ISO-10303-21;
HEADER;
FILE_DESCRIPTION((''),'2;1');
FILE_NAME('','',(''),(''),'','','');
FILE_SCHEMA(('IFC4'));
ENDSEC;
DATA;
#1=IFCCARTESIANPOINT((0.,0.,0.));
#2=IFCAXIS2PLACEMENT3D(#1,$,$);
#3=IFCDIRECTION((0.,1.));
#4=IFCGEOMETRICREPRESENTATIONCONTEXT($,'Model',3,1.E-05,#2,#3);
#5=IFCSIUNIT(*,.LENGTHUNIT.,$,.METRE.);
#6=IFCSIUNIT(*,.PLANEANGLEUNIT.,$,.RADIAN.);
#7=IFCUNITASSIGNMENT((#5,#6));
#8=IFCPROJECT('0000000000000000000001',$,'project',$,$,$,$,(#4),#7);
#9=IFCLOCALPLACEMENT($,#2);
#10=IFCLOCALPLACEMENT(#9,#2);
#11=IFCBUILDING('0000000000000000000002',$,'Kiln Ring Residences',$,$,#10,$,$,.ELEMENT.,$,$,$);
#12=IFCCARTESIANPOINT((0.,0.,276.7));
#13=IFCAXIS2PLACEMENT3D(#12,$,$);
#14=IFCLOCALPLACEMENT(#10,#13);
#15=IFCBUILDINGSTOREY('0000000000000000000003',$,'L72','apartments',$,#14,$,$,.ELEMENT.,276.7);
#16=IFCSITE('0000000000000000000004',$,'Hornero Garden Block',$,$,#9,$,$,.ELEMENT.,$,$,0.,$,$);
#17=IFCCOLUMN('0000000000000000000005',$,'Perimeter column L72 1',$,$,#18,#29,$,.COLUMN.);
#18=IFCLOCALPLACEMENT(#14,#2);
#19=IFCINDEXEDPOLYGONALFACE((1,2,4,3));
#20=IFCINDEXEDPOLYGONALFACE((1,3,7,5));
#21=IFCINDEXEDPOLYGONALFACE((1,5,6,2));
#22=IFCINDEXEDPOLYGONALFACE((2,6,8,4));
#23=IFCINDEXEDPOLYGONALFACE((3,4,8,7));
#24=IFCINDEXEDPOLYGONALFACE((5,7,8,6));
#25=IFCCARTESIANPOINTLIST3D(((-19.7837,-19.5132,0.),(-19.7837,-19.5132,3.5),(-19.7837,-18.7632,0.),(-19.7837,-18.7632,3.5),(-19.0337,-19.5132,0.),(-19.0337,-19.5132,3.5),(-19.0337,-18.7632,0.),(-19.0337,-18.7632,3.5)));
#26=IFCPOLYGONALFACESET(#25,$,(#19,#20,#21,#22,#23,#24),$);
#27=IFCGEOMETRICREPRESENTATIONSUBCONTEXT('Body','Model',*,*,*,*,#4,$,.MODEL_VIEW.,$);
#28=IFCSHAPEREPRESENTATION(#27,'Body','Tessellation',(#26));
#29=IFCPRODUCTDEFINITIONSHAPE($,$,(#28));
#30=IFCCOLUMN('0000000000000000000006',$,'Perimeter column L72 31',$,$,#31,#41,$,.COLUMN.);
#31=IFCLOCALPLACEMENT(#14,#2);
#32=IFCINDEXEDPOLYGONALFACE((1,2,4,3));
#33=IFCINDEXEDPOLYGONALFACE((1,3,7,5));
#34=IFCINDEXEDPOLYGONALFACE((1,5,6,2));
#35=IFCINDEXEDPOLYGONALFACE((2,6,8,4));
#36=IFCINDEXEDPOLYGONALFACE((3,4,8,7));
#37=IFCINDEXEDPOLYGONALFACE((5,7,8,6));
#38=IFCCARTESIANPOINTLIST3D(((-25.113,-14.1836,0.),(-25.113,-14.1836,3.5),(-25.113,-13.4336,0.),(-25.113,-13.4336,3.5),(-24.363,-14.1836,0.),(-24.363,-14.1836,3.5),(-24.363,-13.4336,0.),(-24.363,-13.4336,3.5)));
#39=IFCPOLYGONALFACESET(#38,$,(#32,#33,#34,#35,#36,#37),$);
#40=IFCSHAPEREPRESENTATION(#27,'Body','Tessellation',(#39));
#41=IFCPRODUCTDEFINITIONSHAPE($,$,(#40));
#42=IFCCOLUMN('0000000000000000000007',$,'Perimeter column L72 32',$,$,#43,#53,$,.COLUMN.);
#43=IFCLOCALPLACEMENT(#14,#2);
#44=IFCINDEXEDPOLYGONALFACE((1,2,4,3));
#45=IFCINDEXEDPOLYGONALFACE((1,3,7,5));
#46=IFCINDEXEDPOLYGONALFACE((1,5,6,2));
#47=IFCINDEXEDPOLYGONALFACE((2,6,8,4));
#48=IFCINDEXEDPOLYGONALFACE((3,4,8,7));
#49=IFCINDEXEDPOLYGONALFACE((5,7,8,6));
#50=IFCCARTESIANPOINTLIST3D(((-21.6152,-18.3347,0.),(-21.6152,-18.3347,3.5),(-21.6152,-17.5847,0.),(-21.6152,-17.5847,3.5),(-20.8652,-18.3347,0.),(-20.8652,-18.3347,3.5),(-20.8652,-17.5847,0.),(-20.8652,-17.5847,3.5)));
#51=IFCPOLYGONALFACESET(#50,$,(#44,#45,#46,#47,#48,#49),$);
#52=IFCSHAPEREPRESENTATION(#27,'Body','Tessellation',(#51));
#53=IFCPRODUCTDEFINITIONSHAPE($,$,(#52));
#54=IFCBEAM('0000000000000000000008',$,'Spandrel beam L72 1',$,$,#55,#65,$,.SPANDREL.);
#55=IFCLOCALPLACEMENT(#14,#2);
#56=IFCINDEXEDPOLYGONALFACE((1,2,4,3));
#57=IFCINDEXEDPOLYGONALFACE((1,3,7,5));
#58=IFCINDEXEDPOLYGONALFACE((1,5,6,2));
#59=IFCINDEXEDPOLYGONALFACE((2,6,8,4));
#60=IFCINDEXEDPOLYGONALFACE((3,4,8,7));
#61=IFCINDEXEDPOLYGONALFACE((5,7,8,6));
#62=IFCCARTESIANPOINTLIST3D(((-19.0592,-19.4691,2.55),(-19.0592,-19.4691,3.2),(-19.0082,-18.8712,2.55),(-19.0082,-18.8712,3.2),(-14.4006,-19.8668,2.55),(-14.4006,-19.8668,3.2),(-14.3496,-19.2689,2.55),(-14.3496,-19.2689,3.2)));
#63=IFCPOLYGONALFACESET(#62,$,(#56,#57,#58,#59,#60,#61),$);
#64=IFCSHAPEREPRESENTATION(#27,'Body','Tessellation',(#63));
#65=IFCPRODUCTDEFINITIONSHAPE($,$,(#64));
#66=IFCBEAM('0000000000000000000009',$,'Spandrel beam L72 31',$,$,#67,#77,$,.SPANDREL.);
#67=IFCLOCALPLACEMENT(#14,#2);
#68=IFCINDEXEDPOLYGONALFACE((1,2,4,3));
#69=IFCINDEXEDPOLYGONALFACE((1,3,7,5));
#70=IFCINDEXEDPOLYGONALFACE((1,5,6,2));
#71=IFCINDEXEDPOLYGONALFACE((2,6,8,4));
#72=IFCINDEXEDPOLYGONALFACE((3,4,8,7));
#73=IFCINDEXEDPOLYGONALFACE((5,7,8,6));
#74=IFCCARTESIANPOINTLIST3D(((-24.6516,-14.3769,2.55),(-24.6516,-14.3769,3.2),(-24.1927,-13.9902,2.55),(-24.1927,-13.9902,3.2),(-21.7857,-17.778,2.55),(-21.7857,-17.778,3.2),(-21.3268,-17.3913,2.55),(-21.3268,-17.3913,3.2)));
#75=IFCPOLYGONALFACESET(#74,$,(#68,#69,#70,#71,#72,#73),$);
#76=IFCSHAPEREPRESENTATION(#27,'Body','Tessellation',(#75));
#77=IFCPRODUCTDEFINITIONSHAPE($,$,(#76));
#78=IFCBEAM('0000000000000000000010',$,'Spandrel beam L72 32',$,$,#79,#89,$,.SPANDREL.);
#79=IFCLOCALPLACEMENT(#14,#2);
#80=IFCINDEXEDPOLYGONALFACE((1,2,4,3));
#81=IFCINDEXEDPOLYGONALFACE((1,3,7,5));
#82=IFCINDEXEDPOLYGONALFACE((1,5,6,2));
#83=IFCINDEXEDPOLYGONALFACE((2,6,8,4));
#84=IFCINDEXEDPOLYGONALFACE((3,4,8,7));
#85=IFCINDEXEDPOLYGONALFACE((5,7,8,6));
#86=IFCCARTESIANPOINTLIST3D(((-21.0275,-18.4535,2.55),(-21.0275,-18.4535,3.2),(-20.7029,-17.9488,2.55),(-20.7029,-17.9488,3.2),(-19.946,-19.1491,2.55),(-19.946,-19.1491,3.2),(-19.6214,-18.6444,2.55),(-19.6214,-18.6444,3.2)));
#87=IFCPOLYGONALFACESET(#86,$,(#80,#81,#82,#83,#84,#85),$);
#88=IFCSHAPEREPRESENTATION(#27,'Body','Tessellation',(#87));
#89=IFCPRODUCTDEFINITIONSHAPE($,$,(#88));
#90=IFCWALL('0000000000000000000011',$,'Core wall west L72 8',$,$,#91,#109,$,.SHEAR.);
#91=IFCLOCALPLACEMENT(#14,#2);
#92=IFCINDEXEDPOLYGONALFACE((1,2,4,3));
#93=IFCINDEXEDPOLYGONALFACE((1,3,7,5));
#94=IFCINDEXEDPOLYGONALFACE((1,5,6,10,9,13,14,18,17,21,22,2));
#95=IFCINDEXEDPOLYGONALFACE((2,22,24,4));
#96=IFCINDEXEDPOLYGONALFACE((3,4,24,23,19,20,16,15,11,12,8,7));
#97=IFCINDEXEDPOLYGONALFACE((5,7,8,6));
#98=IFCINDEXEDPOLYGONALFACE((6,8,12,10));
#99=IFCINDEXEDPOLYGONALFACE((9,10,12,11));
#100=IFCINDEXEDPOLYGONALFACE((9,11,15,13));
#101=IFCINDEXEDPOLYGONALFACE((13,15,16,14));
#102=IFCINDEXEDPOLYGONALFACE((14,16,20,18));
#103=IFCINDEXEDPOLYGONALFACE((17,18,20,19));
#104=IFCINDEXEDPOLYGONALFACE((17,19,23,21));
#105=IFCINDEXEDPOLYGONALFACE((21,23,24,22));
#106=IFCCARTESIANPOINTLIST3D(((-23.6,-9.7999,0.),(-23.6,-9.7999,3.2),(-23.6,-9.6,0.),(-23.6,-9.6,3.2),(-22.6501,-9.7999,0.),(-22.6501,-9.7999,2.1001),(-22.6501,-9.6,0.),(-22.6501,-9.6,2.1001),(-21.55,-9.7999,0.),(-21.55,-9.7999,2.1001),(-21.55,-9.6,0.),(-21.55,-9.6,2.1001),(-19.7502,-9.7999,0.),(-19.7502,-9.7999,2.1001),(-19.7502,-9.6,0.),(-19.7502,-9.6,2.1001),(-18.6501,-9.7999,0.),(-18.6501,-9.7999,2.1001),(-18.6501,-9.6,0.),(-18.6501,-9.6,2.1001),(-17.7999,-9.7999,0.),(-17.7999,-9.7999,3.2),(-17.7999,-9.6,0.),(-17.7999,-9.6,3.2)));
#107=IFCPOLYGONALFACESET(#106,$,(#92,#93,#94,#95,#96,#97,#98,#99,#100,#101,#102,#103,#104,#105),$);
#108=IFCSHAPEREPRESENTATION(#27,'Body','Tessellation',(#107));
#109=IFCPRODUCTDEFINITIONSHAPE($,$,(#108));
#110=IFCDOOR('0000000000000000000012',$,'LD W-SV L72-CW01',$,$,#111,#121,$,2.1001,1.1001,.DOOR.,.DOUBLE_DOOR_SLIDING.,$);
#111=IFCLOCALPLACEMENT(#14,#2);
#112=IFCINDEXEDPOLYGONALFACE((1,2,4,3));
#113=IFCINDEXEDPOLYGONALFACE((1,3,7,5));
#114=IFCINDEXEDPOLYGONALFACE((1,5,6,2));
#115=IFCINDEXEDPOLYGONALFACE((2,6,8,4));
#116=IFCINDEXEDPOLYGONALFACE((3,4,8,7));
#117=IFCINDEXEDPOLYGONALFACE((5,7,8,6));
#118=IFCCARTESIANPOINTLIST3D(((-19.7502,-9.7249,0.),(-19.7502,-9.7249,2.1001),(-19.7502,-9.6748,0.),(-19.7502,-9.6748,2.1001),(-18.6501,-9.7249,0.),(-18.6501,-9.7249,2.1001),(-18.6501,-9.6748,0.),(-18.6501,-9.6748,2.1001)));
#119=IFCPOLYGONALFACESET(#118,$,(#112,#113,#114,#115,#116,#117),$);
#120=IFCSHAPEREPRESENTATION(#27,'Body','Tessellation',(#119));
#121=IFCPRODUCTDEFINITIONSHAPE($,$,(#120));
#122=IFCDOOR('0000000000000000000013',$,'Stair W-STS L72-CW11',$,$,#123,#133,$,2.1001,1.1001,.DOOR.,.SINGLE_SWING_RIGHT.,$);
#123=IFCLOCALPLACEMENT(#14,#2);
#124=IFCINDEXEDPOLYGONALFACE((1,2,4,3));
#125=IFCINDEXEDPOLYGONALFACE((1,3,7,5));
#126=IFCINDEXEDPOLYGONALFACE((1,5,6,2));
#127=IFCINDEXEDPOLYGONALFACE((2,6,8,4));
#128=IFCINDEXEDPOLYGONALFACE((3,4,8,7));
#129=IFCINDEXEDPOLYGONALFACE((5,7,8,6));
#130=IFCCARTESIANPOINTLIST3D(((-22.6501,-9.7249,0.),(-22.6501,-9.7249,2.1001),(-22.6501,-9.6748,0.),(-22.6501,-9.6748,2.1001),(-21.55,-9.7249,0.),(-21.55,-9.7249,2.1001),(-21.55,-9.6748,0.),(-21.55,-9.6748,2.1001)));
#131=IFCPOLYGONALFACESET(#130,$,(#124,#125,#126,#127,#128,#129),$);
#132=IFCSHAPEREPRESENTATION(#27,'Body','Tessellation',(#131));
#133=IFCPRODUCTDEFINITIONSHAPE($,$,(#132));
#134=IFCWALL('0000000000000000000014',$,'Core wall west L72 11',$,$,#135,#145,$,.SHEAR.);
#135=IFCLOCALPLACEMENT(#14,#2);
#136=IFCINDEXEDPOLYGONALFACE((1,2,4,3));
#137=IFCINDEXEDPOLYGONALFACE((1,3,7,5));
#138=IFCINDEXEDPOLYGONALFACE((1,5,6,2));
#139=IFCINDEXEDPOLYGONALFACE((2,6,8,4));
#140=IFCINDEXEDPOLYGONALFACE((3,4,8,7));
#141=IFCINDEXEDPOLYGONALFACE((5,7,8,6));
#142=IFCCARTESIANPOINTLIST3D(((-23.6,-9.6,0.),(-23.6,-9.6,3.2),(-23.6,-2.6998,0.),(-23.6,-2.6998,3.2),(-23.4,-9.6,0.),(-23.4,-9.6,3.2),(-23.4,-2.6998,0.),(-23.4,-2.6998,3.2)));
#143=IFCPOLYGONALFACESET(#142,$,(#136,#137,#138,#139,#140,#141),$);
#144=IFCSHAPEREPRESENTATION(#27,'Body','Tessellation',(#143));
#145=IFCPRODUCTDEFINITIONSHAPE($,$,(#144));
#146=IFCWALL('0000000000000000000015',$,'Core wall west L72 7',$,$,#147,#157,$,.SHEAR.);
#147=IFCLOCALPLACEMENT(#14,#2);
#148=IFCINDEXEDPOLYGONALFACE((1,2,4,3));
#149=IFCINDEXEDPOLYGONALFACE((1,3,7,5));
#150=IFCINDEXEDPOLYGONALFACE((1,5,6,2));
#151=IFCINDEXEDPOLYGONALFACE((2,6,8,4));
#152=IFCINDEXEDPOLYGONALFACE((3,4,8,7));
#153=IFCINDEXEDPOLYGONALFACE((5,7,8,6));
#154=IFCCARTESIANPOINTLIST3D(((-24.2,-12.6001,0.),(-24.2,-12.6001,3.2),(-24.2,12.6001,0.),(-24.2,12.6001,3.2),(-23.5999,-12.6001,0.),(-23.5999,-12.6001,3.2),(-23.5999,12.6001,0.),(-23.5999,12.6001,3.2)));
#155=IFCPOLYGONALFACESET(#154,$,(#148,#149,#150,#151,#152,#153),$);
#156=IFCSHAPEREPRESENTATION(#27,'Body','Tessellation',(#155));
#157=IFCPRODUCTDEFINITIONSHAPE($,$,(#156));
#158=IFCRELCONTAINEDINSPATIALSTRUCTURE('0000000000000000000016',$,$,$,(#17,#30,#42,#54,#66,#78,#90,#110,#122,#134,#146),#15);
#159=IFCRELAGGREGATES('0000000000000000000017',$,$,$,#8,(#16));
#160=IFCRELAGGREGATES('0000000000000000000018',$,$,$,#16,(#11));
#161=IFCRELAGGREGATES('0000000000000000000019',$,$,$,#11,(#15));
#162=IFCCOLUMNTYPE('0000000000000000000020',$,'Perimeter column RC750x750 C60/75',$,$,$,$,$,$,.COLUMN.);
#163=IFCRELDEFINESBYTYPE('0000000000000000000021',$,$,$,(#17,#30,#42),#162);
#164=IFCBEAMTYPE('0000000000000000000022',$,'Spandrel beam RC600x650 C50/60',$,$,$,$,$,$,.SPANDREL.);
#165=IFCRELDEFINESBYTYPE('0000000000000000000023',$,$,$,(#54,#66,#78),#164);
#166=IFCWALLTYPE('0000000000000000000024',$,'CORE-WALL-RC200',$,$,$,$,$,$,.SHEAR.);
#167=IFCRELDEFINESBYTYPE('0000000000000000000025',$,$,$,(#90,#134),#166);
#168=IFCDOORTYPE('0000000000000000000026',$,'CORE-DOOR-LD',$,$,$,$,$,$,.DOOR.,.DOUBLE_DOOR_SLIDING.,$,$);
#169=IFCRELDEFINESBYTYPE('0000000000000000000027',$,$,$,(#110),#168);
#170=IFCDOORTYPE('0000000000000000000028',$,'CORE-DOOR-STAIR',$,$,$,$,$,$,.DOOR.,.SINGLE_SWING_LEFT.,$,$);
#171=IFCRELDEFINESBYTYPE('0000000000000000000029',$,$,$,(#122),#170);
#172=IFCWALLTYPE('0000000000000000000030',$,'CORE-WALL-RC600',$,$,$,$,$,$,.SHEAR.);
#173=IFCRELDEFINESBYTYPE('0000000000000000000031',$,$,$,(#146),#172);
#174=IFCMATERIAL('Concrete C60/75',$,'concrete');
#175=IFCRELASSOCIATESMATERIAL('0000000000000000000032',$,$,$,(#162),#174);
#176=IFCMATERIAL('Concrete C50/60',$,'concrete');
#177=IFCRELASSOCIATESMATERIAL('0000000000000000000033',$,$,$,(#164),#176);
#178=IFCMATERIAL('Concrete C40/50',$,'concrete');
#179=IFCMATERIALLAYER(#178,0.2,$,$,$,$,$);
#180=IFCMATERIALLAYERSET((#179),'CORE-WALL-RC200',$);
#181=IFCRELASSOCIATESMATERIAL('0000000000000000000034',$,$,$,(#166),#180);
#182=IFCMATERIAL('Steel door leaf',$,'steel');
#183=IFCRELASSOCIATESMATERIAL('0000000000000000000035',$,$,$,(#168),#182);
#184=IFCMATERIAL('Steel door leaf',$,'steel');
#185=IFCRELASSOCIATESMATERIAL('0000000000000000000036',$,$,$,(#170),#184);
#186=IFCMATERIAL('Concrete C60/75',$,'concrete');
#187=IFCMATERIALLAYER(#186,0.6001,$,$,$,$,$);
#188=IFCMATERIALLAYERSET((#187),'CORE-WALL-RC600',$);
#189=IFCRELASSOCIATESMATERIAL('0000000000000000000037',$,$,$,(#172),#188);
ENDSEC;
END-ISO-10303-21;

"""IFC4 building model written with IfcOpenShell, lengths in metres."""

from ifc_helpers import new_model, si_unit, direction, frame, frame_2d, origin, origin_2d, place, context, subcontext, project, spatial, rectangle, extrude, material, layer, layer_set, material_profile, profile_set, type_object, element, fill, save


model = new_model("IFC4")

# Units and contexts
model_context = context("Model", 3, precision=1e-05, world=origin(), true_north=direction((0.0, 1.0)))
body_context = subcontext(model_context, "Body", "Model", "MODEL_VIEW")
ifc_project = project(units=[si_unit("LENGTHUNIT", "METRE"), si_unit("PLANEANGLEUNIT", "RADIAN")], contexts=[model_context])

# Site, building, storey
site_placement = place(None, origin())
site = spatial("IfcSite", under=ifc_project, at=site_placement, Name="Hornero Garden Block", CompositionType="ELEMENT", RefElevation=0.0)
building_placement = place(site_placement, origin())
building = spatial("IfcBuilding", under=site, at=building_placement, Name="Kiln Ring Residences", CompositionType="ELEMENT")
storey_placement = place(building_placement, frame((0.0, 0.0, 276.7)))
storey = spatial("IfcBuildingStorey", under=building, at=storey_placement, Name="L72", Description="apartments", CompositionType="ELEMENT", Elevation=276.7)

# Columns
ifc_material_1 = material(Name="Concrete C60/75", Category="concrete")
ifc_material_profile_1 = material_profile(ifc_material_1, rectangle(XDim=0.75, YDim=0.75, at=origin_2d()), Name="RC750x750")
ifc_profile_set_1 = profile_set([ifc_material_profile_1], Name="Concrete C60/75")
column_type = type_object("IfcColumnType", Name="Perimeter column RC750x750 C60/75", PredefinedType="COLUMN", material=ifc_profile_set_1)
for number, where, z_axis, x_axis, name in (
    (1, (-19.4087, -19.1382, 0.0), (0.0, 0.0, 1.0), (1.0, 0.0, 0.0), "Perimeter column L72 1"),
    (2, (-24.738, -13.8086, 0.0), (0.0, 0.0, 1.0), (1.0, 0.0, 0.0), "Perimeter column L72 31"),
    (3, (-21.2402, -17.9597, 0.0), (0.0, 0.0, 1.0), (1.0, 0.0, 0.0), "Perimeter column L72 32"),
):
    element("IfcColumn", number, at=place(storey_placement, frame(where, z_axis=z_axis, x_axis=x_axis)), inside=storey, type_object=column_type, Name=name, PredefinedType="COLUMN", context=body_context, shape_type="SweptSolid", body=[
        extrude(rectangle(XDim=0.75, YDim=0.75, at=origin_2d()), origin(), (0.0, 0.0, 1.0), 3.5),
    ])

# Beams
ifc_material_2 = material(Name="Concrete C50/60", Category="concrete")
ifc_material_profile_2 = material_profile(ifc_material_2, rectangle(XDim=0.6001, YDim=0.6499, at=origin_2d()), Name="RC600x650")
ifc_profile_set_2 = profile_set([ifc_material_profile_2], Name="Concrete C50/60")
beam_type = type_object("IfcBeamType", Name="Spandrel beam RC600x650 C50/60", PredefinedType="SPANDREL", material=ifc_profile_set_2)
beam_1_placement = place(storey_placement, frame((-19.0337, -19.1702, 2.875), z_axis=(0.996376, -0.085059, 0.0), x_axis=(0.085059, 0.996376, 0.0)))
element("IfcBeam", 4, at=beam_1_placement, inside=storey, type_object=beam_type, Name="Spandrel beam L72 1", PredefinedType="SPANDREL", context=body_context, shape_type="SweptSolid", body=[
    extrude(rectangle(XDim=0.6001, YDim=0.6499, at=origin_2d()), origin(), (0.0, 0.0, 1.0), 4.6755),
])
beam_2_placement = place(storey_placement, frame((-24.4221, -14.1836, 2.875), z_axis=(0.644381, -0.764705, 0.0), x_axis=(0.764705, 0.644381, 0.0)))
element("IfcBeam", 5, at=beam_2_placement, inside=storey, type_object=beam_type, Name="Spandrel beam L72 31", PredefinedType="SPANDREL", context=body_context, shape_type="SweptSolid", body=[
    extrude(rectangle(XDim=0.6001, YDim=0.6499, at=origin_2d()), origin(), (0.0, 0.0, 1.0), 4.4475),
])
beam_3_placement = place(storey_placement, frame((-20.8652, -18.2012, 2.875), z_axis=(0.84108, -0.540911, 0.0), x_axis=(0.540911, 0.84108, 0.0)))
element("IfcBeam", 6, at=beam_3_placement, inside=storey, type_object=beam_type, Name="Spandrel beam L72 32", PredefinedType="SPANDREL", context=body_context, shape_type="SweptSolid", body=[
    extrude(rectangle(XDim=0.6001, YDim=0.6499, at=origin_2d()), origin(), (0.0, 0.0, 1.0), 1.2859),
])

# Wall, openings, doors
ifc_material_3 = material(Name="Concrete C40/50", Category="concrete")
ifc_layer_1 = layer(ifc_material_3, 0.2)
ifc_layer_set_1 = layer_set([ifc_layer_1], Name="CORE-WALL-RC200")
wall_type_1 = type_object("IfcWallType", Name="CORE-WALL-RC200", PredefinedType="SHEAR", material=ifc_layer_set_1)
wall_1_placement = place(storey_placement, frame((-17.8, -9.7, 0.0), z_axis=(0.0, 0.0, 1.0), x_axis=(-1.0, 0.0, 0.0)))
wall_1 = element("IfcWall", 7, at=wall_1_placement, inside=storey, type_object=wall_type_1, Name="Core wall west L72 8", PredefinedType="SHEAR", context=body_context, shape_type="SweptSolid", body=[
    extrude(rectangle(XDim=5.8, YDim=0.2, at=frame_2d((2.8999, 0.0))), origin(), (0.0, 0.0, 1.0), 3.2),
])
opening_1_placement = place(wall_1_placement, frame((0.8501, 0.0, 0.0)))
opening_1 = element("IfcOpeningElement", 8, at=opening_1_placement, cuts=wall_1, PredefinedType="OPENING", context=body_context, shape_type="SweptSolid", body=[
    extrude(rectangle(XDim=1.1001, YDim=2.1001, at=frame_2d((0.55, 1.05))), frame((0.0, 0.1099, 0.0), z_axis=(0.0, -1.0, 0.0), x_axis=(1.0, 0.0, 0.0)), (0.0, 0.0, 1.0), 0.22),
])
opening_2_placement = place(wall_1_placement, frame((3.75, 0.0, 0.0)))
opening_2 = element("IfcOpeningElement", 9, at=opening_2_placement, cuts=wall_1, PredefinedType="OPENING", context=body_context, shape_type="SweptSolid", body=[
    extrude(rectangle(XDim=1.1001, YDim=2.1001, at=frame_2d((0.55, 1.05))), frame((0.0, 0.1099, 0.0), z_axis=(0.0, -1.0, 0.0), x_axis=(1.0, 0.0, 0.0)), (0.0, 0.0, 1.0), 0.22),
])
ifc_material_4 = material(Name="Steel door leaf", Category="steel")
door_type_1 = type_object("IfcDoorType", Name="CORE-DOOR-LD", OperationType="DOUBLE_DOOR_SLIDING", PredefinedType="DOOR", material=ifc_material_4)
door_1_placement = place(opening_1_placement, origin())
door_1 = element("IfcDoor", 10, at=door_1_placement, inside=storey, type_object=door_type_1, Name="LD W-SV L72-CW01", OperationType="DOUBLE_DOOR_SLIDING", OverallHeight=2.1001, OverallWidth=1.1001, PredefinedType="DOOR", context=body_context, shape_type="SweptSolid", body=[
    extrude(rectangle(XDim=1.1001, YDim=2.1001, at=frame_2d((0.55, 1.05))), frame((0.0, 0.0249, 0.0), z_axis=(0.0, -1.0, 0.0), x_axis=(1.0, 0.0, 0.0)), (0.0, 0.0, 1.0), 0.05),
])
fill(opening_1, door_1)
ifc_material_5 = material(Name="Steel door leaf", Category="steel")
door_type_2 = type_object("IfcDoorType", Name="CORE-DOOR-STAIR", OperationType="SINGLE_SWING_LEFT", PredefinedType="DOOR", material=ifc_material_5)
door_2_placement = place(opening_2_placement, origin())
door_2 = element("IfcDoor", 11, at=door_2_placement, inside=storey, type_object=door_type_2, Name="Stair W-STS L72-CW11", OperationType="SINGLE_SWING_RIGHT", OverallHeight=2.1001, OverallWidth=1.1001, PredefinedType="DOOR", context=body_context, shape_type="SweptSolid", body=[
    extrude(rectangle(XDim=1.1001, YDim=2.1001, at=frame_2d((0.55, 1.05))), frame((0.0, 0.0249, 0.0), z_axis=(0.0, -1.0, 0.0), x_axis=(1.0, 0.0, 0.0)), (0.0, 0.0, 1.0), 0.05),
])
fill(opening_2, door_2)

# Walls
wall_2_placement = place(storey_placement, frame((-23.5, -9.6001, 0.0), z_axis=(0.0, 0.0, 1.0), x_axis=(0.0, 1.0, 0.0)))
element("IfcWall", 12, at=wall_2_placement, inside=storey, type_object=wall_type_1, Name="Core wall west L72 11", PredefinedType="SHEAR", context=body_context, shape_type="SweptSolid", body=[
    extrude(rectangle(XDim=6.9001, YDim=0.2, at=frame_2d((3.4502, 0.0))), origin(), (0.0, 0.0, 1.0), 3.2),
])
ifc_material_6 = material(Name="Concrete C60/75", Category="concrete")
ifc_layer_2 = layer(ifc_material_6, 0.6001)
ifc_layer_set_2 = layer_set([ifc_layer_2], Name="CORE-WALL-RC600")
wall_type_2 = type_object("IfcWallType", Name="CORE-WALL-RC600", PredefinedType="SHEAR", material=ifc_layer_set_2)
wall_3_placement = place(storey_placement, frame((-23.8999, -12.6001, 0.0), z_axis=(0.0, 0.0, 1.0), x_axis=(0.0, 1.0, 0.0)))
element("IfcWall", 13, at=wall_3_placement, inside=storey, type_object=wall_type_2, Name="Core wall west L72 7", PredefinedType="SHEAR", context=body_context, shape_type="SweptSolid", body=[
    extrude(rectangle(XDim=25.2002, YDim=0.6001, at=frame_2d((12.6001, 0.0))), origin(), (0.0, 0.0, 1.0), 3.2),
])

save(model, "model.ifc")
